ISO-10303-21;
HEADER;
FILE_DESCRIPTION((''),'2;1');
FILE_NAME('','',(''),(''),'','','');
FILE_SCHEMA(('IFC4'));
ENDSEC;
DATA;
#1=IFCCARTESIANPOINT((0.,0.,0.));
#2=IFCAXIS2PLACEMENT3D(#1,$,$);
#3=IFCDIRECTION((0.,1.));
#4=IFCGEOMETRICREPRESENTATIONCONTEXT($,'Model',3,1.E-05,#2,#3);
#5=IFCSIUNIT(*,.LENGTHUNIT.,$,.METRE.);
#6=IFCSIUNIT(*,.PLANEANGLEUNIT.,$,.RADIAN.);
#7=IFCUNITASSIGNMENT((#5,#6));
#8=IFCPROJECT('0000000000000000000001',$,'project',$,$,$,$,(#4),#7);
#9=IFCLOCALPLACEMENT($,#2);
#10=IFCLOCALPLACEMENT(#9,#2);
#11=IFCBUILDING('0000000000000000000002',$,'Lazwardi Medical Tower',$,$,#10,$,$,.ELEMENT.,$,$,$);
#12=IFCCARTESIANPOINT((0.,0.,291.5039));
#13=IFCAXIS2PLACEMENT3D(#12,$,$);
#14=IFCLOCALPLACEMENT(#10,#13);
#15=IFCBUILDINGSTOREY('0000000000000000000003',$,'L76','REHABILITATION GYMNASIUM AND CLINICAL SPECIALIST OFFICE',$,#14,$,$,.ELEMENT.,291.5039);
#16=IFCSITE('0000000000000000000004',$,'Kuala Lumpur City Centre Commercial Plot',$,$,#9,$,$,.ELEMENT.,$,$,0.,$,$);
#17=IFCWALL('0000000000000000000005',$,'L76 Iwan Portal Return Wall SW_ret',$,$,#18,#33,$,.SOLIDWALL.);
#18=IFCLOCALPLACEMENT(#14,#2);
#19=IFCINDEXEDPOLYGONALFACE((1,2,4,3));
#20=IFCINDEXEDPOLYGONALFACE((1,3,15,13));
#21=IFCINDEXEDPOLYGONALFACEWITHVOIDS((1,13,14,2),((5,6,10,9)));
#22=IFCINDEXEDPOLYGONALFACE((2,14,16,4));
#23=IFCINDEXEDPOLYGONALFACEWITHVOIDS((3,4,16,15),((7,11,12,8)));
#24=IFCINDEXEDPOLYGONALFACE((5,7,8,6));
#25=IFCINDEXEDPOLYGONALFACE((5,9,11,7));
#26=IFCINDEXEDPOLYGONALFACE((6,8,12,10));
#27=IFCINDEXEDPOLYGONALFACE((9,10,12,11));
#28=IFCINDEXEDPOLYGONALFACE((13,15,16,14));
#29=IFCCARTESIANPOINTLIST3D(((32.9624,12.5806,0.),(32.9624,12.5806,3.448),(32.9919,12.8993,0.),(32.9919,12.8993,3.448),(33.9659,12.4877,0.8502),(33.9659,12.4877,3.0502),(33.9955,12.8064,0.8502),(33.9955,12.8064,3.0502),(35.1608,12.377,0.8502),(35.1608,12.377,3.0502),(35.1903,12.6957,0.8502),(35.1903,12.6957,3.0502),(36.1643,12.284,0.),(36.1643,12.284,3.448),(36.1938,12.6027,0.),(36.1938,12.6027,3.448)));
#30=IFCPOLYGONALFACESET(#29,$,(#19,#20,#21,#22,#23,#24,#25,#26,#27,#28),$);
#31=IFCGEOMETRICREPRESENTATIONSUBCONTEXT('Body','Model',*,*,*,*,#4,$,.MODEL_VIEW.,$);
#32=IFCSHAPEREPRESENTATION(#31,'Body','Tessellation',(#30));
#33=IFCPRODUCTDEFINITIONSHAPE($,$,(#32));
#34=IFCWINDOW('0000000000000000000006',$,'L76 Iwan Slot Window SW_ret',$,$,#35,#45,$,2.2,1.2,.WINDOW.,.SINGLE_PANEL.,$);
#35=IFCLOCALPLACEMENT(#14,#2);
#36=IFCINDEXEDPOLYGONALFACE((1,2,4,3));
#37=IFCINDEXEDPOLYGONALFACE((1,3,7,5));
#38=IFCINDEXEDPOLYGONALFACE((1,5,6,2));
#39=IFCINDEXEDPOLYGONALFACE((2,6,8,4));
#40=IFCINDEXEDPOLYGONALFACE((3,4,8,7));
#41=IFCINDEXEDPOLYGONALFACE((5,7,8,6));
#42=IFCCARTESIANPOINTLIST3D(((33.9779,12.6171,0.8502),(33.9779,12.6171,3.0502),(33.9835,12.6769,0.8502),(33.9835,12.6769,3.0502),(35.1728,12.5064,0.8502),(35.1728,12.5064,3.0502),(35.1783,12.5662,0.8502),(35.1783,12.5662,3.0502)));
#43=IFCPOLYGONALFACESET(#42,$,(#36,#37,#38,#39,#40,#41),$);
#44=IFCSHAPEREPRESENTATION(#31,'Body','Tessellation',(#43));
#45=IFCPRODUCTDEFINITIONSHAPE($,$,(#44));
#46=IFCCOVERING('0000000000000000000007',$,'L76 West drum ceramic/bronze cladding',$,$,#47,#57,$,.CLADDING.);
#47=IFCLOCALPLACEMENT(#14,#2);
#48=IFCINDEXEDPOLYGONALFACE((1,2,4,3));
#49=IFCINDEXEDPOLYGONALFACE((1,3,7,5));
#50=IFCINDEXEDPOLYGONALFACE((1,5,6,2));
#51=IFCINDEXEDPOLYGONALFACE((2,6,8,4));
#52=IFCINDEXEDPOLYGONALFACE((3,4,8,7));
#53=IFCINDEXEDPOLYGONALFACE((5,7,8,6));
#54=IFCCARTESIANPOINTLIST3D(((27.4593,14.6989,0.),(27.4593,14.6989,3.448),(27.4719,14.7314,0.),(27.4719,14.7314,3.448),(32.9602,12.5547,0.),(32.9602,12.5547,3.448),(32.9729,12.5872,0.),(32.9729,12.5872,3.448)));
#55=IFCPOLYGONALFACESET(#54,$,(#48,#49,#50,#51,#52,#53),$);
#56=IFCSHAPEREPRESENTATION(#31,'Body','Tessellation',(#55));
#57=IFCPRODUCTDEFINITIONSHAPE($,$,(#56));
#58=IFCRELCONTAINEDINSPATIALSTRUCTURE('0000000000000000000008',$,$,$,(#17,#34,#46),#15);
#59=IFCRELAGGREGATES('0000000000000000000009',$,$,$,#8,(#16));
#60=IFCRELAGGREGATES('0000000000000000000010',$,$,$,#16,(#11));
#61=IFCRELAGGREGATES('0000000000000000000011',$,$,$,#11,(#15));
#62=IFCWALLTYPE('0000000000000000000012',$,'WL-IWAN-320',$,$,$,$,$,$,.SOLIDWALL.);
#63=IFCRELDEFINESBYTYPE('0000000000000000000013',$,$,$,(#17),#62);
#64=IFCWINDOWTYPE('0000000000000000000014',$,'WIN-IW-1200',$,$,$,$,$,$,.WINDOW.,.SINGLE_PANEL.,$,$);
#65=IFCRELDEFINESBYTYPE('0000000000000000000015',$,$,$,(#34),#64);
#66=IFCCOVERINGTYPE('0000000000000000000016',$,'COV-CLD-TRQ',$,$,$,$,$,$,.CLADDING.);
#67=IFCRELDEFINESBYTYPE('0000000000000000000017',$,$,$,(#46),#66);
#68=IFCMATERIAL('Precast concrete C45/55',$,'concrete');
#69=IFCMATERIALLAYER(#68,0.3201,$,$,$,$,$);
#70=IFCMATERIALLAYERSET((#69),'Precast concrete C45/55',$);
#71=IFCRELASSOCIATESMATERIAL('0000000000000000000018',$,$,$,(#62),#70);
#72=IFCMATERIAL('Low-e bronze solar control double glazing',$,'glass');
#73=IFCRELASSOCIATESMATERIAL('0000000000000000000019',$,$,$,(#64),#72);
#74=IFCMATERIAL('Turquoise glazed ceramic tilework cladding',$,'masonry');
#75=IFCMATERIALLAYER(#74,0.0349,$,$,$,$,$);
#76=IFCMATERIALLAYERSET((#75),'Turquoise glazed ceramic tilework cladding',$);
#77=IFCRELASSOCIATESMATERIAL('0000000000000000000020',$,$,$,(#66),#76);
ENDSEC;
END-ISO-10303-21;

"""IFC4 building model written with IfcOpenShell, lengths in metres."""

from ifc_helpers import new_model, si_unit, direction, frame, frame_2d, origin, origin_2d, place, context, subcontext, project, spatial, rectangle, extrude, material, layer, layer_set, type_object, element, fill, save


model = new_model("IFC4")

# Units and contexts
model_context = context("Model", 3, precision=1e-05, world=origin(), true_north=direction((0.0, 1.0)))
body_context = subcontext(model_context, "Body", "Model", "MODEL_VIEW")
ifc_project = project(units=[si_unit("LENGTHUNIT", "METRE"), si_unit("PLANEANGLEUNIT", "RADIAN")], contexts=[model_context])

# Site, building, storey
site_placement = place(None, origin())
site = spatial("IfcSite", under=ifc_project, at=site_placement, Name="Kuala Lumpur City Centre Commercial Plot", CompositionType="ELEMENT", RefElevation=0.0)
building_placement = place(site_placement, origin())
building = spatial("IfcBuilding", under=site, at=building_placement, Name="Lazwardi Medical Tower", CompositionType="ELEMENT")
storey_placement = place(building_placement, frame((0.0, 0.0, 291.5039)))
storey = spatial("IfcBuildingStorey", under=building, at=storey_placement, Name="L76", Description="REHABILITATION GYMNASIUM AND CLINICAL SPECIALIST OFFICE", CompositionType="ELEMENT", Elevation=291.5039)

# Wall, opening, window
ifc_material_1 = material(Name="Precast concrete C45/55", Category="concrete")
ifc_material_2 = material(Name="Low-e bronze solar control double glazing", Category="glass")
ifc_layer_1 = layer(ifc_material_1, 0.3201)
ifc_layer_set_1 = layer_set([ifc_layer_1], Name="Precast concrete C45/55")
wall_type_1 = type_object("IfcWallType", Name="WL-IWAN-320", PredefinedType="SOLIDWALL", material=ifc_layer_set_1)
wall_1_placement = place(storey_placement, frame((32.9771, 12.74, 0.0), z_axis=(0.0, 0.0, 1.0), x_axis=(0.995736, -0.092247, 0.0)))
wall_1 = element("IfcWall", 1, at=wall_1_placement, inside=storey, type_object=wall_type_1, Name="L76 Iwan Portal Return Wall SW_ret", PredefinedType="SOLIDWALL", context=body_context, shape_type="SweptSolid", body=[
    extrude(rectangle(XDim=3.2156, YDim=0.3201, at=frame_2d((1.6079, 0.0))), origin(), (0.0, 0.0, 1.0), 3.448),
])
opening_1_placement = place(wall_1_placement, frame((1.0078, 0.0, 0.8501)))
opening_1 = element("IfcOpeningElement", 2, at=opening_1_placement, cuts=wall_1, PredefinedType="OPENING", context=body_context, shape_type="SweptSolid", body=[
    extrude(rectangle(XDim=1.2, YDim=2.2, at=frame_2d((0.6001, 1.1001))), frame((0.0, 0.1699, 0.0), z_axis=(0.0, -1.0, 0.0), x_axis=(1.0, 0.0, 0.0)), (0.0, 0.0, 1.0), 0.3401),
])
window_type_1 = type_object("IfcWindowType", Name="WIN-IW-1200", PartitioningType="SINGLE_PANEL", PredefinedType="WINDOW", material=ifc_material_2)
window_1_placement = place(opening_1_placement, origin())
window_1 = element("IfcWindow", 3, at=window_1_placement, inside=storey, type_object=window_type_1, Name="L76 Iwan Slot Window SW_ret", OverallHeight=2.2, OverallWidth=1.2, PartitioningType="SINGLE_PANEL", PredefinedType="WINDOW", context=body_context, shape_type="SweptSolid", body=[
    extrude(rectangle(XDim=1.2, YDim=2.2, at=frame_2d((0.6001, 1.1001))), frame((0.0, 0.03, 0.0), z_axis=(0.0, -1.0, 0.0), x_axis=(1.0, 0.0, 0.0)), (0.0, 0.0, 1.0), 0.0601),
])
fill(opening_1, window_1)

# Covering
ifc_material_3 = material(Name="Turquoise glazed ceramic tilework cladding", Category="masonry")
ifc_layer_2 = layer(ifc_material_3, 0.0349)
ifc_layer_set_2 = layer_set([ifc_layer_2], Name="Turquoise glazed ceramic tilework cladding")
covering_type = type_object("IfcCoveringType", Name="COV-CLD-TRQ", PredefinedType="CLADDING", material=ifc_layer_set_2)
covering_placement = place(storey_placement, frame((30.2161, 13.6431, 0.0), z_axis=(0.0, 0.0, 1.0), x_axis=(0.93172, -0.363176, 0.0)))
element("IfcCovering", 4, at=covering_placement, inside=storey, type_object=covering_type, Name="L76 West drum ceramic/bronze cladding", PredefinedType="CLADDING", context=body_context, shape_type="SweptSolid", body=[
    extrude(rectangle(XDim=5.9041, YDim=0.0349, at=origin_2d()), origin(), (0.0, 0.0, 1.0), 3.448),
])

save(model, "model.ifc")
